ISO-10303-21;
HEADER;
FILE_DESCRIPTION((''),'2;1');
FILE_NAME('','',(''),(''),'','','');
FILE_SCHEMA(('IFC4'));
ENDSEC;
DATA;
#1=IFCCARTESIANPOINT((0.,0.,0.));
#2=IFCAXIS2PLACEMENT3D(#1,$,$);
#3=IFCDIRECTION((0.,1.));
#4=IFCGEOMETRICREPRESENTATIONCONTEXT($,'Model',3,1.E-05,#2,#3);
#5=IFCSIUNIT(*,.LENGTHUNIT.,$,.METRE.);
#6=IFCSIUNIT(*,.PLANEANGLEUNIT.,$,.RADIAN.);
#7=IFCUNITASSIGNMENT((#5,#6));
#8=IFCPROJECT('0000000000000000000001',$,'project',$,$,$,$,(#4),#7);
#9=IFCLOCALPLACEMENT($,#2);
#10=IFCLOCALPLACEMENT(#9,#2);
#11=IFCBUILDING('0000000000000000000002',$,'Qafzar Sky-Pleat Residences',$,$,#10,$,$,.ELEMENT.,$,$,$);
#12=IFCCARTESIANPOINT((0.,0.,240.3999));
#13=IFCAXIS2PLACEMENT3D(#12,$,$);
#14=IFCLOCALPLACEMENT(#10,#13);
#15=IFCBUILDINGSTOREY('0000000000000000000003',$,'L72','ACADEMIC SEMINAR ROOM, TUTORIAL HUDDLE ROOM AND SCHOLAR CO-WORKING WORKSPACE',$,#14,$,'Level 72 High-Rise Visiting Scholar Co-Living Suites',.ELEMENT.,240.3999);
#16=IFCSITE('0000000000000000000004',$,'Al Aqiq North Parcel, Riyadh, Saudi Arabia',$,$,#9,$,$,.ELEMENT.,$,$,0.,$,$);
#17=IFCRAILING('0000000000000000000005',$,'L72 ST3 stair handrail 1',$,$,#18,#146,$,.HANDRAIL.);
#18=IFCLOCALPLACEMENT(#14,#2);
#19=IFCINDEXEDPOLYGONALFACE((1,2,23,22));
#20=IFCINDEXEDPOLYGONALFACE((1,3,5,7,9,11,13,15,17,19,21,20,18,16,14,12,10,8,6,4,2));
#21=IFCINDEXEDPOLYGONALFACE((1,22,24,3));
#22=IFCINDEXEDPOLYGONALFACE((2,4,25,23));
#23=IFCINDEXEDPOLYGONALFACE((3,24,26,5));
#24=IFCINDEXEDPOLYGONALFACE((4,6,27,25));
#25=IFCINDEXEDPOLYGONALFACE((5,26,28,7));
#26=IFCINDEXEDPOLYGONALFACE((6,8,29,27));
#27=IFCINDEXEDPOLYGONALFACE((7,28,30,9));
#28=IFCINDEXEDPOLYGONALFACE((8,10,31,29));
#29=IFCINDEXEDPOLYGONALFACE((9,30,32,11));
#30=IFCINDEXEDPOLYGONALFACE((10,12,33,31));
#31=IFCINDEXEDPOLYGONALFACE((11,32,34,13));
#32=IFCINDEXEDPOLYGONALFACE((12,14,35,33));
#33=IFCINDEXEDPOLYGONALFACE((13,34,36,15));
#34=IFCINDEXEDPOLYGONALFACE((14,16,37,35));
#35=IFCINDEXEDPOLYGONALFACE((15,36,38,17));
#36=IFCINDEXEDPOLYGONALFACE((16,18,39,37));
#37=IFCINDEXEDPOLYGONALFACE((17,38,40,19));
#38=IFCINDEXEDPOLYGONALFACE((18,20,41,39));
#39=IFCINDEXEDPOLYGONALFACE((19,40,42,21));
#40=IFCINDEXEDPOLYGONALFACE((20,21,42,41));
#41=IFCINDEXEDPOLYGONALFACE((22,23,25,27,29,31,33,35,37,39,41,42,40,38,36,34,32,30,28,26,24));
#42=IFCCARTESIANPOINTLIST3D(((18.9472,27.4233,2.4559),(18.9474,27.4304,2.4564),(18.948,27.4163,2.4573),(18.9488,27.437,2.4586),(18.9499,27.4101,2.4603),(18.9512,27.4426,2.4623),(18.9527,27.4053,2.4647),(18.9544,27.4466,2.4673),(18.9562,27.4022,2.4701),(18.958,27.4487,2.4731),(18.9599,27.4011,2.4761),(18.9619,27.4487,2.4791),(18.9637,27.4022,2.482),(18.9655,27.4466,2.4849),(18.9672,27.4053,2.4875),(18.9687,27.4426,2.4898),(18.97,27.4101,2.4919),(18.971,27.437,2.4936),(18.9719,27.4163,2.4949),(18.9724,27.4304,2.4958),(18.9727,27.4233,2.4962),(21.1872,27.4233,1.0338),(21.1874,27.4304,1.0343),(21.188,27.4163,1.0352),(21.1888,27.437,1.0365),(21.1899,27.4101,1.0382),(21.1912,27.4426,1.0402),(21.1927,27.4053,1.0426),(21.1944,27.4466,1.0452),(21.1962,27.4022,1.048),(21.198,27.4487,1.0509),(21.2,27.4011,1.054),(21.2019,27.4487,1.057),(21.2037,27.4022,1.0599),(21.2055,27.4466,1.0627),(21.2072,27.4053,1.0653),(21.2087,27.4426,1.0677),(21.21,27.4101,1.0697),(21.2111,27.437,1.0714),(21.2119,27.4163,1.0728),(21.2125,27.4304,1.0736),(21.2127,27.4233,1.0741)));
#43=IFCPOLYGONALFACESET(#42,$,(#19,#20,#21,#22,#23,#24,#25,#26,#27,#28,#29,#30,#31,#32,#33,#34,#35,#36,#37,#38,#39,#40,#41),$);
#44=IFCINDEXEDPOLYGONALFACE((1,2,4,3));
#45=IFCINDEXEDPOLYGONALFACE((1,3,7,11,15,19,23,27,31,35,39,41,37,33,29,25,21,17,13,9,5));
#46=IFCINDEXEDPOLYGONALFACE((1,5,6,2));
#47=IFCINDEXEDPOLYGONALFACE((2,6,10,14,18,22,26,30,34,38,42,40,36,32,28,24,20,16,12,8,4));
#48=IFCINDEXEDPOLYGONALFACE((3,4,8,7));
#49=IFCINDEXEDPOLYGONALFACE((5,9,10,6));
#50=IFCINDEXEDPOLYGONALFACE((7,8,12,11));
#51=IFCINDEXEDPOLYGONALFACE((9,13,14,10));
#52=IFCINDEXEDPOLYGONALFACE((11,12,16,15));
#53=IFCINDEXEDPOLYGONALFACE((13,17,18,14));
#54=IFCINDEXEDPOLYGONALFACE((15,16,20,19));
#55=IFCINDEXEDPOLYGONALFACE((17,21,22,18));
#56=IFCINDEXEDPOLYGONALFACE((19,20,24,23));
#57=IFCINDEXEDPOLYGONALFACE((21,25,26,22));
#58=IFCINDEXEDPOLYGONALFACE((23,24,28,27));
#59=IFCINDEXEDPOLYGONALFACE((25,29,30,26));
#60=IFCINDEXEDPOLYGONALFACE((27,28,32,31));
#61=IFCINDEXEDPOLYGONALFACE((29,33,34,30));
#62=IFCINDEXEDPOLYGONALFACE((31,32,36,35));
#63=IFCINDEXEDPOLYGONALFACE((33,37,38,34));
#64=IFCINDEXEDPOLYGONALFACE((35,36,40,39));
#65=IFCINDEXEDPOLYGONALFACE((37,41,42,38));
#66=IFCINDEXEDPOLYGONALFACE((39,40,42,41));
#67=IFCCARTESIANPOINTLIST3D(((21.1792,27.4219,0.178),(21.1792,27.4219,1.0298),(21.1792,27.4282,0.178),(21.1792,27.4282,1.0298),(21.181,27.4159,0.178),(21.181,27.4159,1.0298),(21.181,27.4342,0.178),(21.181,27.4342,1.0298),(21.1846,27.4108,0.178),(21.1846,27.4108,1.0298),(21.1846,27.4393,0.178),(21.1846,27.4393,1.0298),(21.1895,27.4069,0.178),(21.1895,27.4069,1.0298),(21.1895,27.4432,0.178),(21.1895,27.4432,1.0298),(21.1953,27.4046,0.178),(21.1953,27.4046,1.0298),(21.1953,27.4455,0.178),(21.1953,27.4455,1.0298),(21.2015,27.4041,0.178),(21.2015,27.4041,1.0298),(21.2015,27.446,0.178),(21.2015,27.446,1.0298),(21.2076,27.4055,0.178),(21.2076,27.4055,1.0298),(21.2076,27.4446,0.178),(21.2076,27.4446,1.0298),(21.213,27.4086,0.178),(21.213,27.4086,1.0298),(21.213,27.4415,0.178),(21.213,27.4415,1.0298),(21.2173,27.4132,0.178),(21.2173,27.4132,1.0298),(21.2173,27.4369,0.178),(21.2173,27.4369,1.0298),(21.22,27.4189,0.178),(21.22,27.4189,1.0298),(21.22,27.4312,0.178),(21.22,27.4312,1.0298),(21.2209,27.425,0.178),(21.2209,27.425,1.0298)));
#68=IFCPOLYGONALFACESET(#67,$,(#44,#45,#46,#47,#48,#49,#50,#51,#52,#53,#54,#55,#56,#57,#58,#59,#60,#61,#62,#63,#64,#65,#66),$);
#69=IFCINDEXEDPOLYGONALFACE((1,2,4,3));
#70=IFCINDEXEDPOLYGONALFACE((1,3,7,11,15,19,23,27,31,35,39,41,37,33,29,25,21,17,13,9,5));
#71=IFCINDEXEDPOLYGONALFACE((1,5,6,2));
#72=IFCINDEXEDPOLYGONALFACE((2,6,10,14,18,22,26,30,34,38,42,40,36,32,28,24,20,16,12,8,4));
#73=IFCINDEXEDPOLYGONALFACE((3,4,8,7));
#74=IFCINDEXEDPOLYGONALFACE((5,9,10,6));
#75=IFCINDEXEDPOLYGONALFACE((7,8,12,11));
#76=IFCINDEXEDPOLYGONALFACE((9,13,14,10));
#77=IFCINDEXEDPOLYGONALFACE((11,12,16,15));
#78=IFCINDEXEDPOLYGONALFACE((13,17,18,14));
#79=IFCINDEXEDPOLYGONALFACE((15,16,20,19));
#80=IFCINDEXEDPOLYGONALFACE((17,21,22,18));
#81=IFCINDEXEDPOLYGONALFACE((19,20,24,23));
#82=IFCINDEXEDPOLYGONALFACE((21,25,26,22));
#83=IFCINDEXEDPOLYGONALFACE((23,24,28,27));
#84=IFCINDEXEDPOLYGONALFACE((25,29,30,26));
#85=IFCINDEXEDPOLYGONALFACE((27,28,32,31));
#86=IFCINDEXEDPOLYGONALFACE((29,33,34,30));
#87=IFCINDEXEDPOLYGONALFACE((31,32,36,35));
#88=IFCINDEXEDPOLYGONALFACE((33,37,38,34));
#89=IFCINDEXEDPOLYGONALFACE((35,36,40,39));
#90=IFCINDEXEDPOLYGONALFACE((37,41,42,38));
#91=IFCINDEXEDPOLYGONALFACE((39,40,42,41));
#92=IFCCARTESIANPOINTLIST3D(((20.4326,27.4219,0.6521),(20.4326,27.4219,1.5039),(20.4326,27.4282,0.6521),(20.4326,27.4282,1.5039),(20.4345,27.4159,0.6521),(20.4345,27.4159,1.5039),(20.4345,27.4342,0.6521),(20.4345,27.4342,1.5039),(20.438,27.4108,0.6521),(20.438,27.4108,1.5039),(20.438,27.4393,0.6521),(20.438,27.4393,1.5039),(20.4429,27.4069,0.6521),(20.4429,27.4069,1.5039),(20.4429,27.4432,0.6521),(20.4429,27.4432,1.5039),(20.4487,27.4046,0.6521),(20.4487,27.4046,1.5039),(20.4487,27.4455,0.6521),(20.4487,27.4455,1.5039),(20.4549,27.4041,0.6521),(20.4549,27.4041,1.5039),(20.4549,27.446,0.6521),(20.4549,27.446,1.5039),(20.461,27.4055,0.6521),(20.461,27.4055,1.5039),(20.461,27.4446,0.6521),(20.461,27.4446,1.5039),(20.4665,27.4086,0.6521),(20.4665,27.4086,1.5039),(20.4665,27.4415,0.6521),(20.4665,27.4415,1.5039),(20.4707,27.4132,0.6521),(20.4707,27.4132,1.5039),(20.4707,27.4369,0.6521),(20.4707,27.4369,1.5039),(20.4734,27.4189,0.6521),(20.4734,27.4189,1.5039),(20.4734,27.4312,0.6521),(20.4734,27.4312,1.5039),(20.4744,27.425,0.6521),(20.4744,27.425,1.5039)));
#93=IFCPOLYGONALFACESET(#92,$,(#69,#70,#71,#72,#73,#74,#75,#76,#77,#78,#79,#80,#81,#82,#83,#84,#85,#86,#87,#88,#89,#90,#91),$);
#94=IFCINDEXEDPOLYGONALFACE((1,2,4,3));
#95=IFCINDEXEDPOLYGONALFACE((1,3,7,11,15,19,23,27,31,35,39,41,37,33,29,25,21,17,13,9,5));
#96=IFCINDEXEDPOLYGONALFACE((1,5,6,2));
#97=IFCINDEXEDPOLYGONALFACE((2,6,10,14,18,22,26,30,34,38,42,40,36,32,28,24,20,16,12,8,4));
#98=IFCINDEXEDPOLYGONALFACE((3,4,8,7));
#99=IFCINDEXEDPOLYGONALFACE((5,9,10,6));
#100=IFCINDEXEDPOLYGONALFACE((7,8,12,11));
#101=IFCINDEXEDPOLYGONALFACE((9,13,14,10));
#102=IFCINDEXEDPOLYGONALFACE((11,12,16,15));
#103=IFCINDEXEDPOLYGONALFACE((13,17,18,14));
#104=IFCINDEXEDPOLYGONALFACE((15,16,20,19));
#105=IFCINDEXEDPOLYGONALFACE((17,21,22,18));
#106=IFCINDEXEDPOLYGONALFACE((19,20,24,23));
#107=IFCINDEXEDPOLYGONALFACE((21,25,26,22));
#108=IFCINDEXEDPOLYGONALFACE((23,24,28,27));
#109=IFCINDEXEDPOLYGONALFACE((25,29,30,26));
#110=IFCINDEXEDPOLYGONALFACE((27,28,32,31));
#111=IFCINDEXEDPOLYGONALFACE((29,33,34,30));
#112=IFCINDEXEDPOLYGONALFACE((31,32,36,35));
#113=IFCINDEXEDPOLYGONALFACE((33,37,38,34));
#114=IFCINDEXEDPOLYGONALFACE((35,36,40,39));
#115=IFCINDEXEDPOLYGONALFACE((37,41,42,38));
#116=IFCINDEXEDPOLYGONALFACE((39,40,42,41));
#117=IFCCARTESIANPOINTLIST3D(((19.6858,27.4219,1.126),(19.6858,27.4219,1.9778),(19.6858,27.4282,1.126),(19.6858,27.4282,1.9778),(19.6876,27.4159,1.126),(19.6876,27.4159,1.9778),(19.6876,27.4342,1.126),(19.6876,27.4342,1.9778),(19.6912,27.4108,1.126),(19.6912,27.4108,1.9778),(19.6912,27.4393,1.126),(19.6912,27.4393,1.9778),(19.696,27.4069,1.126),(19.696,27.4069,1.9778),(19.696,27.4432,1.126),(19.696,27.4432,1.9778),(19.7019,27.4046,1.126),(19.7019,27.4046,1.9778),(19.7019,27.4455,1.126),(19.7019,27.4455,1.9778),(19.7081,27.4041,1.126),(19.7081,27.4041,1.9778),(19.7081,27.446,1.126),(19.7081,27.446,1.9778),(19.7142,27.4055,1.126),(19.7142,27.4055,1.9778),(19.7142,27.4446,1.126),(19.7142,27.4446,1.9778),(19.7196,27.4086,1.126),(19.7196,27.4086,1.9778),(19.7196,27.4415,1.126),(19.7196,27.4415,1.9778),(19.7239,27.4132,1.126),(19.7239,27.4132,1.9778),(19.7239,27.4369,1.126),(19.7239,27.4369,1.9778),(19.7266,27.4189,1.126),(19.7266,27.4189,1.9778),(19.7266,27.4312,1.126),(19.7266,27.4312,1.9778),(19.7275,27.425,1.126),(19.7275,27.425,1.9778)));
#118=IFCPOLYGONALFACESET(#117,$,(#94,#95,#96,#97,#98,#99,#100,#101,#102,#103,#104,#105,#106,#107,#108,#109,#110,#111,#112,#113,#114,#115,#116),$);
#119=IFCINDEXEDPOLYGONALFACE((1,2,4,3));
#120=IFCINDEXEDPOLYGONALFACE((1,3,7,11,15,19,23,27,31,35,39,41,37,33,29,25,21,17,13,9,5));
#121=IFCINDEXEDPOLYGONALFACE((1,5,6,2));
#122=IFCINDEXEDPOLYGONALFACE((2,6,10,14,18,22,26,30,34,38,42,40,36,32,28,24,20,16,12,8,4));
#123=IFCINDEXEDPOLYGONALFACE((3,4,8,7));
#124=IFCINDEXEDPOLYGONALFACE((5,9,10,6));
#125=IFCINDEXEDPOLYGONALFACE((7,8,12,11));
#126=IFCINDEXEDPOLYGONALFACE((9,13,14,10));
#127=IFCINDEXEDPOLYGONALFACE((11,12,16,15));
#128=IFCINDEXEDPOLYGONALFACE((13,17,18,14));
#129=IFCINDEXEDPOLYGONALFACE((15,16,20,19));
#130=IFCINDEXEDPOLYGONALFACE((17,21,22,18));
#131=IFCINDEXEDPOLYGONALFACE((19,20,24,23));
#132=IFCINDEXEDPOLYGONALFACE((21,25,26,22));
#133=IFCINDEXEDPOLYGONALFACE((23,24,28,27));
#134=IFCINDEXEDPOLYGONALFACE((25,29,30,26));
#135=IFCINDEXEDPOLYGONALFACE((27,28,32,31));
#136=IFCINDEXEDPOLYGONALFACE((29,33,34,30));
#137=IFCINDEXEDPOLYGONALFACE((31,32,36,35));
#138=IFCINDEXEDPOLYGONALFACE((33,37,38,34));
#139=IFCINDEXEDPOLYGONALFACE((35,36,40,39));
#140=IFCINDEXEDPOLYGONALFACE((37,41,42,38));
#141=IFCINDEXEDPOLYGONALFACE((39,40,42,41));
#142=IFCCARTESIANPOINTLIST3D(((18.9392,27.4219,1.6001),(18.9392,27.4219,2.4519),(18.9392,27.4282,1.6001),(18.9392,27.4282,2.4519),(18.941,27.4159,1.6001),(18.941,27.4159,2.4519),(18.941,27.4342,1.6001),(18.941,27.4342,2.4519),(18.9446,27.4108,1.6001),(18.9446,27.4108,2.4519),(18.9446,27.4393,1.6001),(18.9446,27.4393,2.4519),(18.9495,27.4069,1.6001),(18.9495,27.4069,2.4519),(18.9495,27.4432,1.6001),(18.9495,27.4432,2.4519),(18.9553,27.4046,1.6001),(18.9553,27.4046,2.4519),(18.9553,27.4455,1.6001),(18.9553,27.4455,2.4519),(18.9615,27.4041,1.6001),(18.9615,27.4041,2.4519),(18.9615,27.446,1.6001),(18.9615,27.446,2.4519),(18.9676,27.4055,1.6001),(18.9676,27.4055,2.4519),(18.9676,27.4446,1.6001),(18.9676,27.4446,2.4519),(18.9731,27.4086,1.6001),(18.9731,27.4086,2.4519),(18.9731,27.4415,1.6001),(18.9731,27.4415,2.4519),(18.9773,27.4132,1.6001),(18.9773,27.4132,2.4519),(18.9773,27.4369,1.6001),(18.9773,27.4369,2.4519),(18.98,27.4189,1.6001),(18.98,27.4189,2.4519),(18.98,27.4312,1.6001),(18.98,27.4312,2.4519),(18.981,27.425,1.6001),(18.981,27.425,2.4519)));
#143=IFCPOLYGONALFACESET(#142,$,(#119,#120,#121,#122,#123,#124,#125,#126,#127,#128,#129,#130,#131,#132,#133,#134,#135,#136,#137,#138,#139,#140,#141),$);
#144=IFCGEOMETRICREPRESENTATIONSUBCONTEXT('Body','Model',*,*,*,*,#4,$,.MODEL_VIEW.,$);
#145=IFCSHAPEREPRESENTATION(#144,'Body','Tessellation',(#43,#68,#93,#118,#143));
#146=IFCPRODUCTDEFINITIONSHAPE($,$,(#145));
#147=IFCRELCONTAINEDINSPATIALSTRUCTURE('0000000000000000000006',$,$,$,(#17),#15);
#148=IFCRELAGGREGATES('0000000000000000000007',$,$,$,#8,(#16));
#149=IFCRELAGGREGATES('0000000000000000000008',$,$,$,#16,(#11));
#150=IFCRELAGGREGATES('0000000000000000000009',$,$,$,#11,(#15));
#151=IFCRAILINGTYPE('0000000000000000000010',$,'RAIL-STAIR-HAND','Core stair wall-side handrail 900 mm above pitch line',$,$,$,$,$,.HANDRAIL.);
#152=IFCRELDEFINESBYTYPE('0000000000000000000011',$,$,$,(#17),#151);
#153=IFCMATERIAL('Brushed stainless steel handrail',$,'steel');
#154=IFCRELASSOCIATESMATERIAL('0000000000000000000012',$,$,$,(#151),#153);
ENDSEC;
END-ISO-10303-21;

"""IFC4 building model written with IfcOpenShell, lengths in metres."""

from ifc_helpers import new_model, si_unit, direction, frame, origin, origin_2d, place, context, subcontext, project, spatial, circle, extrude, source, transform, mapped, material, type_object, element, save


model = new_model("IFC4")

# Units and contexts
model_context = context("Model", 3, precision=1e-05, world=origin(), true_north=direction((0.0, 1.0)))
body_context = subcontext(model_context, "Body", "Model", "MODEL_VIEW")
ifc_project = project(units=[si_unit("LENGTHUNIT", "METRE"), si_unit("PLANEANGLEUNIT", "RADIAN")], contexts=[model_context])

# Site, building, storey
site_placement = place(None, origin())
site = spatial("IfcSite", under=ifc_project, at=site_placement, Name="Al Aqiq North Parcel, Riyadh, Saudi Arabia", CompositionType="ELEMENT", RefElevation=0.0)
building_placement = place(site_placement, origin())
building = spatial("IfcBuilding", under=site, at=building_placement, Name="Qafzar Sky-Pleat Residences", CompositionType="ELEMENT")
storey_placement = place(building_placement, frame((0.0, 0.0, 240.3999)))
storey = spatial("IfcBuildingStorey", under=building, at=storey_placement, Name="L72", Description="ACADEMIC SEMINAR ROOM, TUTORIAL HUDDLE ROOM AND SCHOLAR CO-WORKING WORKSPACE", LongName="Level 72 High-Rise Visiting Scholar Co-Living Suites", CompositionType="ELEMENT", Elevation=240.3999)

# Railing
ifc_material_1 = material(Name="Brushed stainless steel handrail", Category="steel")
railing_type_1 = type_object("IfcRailingType", Name="RAIL-STAIR-HAND", Description="Core stair wall-side handrail 900 mm above pitch line", PredefinedType="HANDRAIL", material=ifc_material_1)
shared_shape_1 = source(origin(), body_context, "Body", "SweptSolid", [
    extrude(circle(Radius=0.0239, at=origin_2d()), frame((0.0, 0.0, 0.876), z_axis=(-0.844229, 0.0, 0.535982), x_axis=(0.0, -1.0, 0.0)), (0.0, 0.0, 1.0), 2.6533),
    extrude(circle(Radius=0.021, at=origin_2d()), origin(), (0.0, 0.0, 1.0), 0.8518),
    extrude(circle(Radius=0.021, at=origin_2d()), frame((-0.7466, 0.0, 0.4741)), (0.0, 0.0, 1.0), 0.8518),
    extrude(circle(Radius=0.021, at=origin_2d()), frame((-1.4934, 0.0, 0.948)), (0.0, 0.0, 1.0), 0.8518),
    extrude(circle(Radius=0.021, at=origin_2d()), frame((-2.24, 0.0, 1.4221)), (0.0, 0.0, 1.0), 0.8518),
])
railing_1_placement = place(storey_placement, frame((21.2, 27.425, 0.178)))
element("IfcRailing", 1, at=railing_1_placement, inside=storey, type_object=railing_type_1, Name="L72 ST3 stair handrail 1", PredefinedType="HANDRAIL", context=body_context, shape_type="MappedRepresentation", body=[
    mapped(shared_shape_1, transform((0.0, 0.0, 0.0), x_axis=(1.0, 0.0, 0.0), y_axis=(0.0, 1.0, 0.0), z_axis=(0.0, 0.0, 1.0), scale=1.0)),
])

save(model, "model.ifc")
